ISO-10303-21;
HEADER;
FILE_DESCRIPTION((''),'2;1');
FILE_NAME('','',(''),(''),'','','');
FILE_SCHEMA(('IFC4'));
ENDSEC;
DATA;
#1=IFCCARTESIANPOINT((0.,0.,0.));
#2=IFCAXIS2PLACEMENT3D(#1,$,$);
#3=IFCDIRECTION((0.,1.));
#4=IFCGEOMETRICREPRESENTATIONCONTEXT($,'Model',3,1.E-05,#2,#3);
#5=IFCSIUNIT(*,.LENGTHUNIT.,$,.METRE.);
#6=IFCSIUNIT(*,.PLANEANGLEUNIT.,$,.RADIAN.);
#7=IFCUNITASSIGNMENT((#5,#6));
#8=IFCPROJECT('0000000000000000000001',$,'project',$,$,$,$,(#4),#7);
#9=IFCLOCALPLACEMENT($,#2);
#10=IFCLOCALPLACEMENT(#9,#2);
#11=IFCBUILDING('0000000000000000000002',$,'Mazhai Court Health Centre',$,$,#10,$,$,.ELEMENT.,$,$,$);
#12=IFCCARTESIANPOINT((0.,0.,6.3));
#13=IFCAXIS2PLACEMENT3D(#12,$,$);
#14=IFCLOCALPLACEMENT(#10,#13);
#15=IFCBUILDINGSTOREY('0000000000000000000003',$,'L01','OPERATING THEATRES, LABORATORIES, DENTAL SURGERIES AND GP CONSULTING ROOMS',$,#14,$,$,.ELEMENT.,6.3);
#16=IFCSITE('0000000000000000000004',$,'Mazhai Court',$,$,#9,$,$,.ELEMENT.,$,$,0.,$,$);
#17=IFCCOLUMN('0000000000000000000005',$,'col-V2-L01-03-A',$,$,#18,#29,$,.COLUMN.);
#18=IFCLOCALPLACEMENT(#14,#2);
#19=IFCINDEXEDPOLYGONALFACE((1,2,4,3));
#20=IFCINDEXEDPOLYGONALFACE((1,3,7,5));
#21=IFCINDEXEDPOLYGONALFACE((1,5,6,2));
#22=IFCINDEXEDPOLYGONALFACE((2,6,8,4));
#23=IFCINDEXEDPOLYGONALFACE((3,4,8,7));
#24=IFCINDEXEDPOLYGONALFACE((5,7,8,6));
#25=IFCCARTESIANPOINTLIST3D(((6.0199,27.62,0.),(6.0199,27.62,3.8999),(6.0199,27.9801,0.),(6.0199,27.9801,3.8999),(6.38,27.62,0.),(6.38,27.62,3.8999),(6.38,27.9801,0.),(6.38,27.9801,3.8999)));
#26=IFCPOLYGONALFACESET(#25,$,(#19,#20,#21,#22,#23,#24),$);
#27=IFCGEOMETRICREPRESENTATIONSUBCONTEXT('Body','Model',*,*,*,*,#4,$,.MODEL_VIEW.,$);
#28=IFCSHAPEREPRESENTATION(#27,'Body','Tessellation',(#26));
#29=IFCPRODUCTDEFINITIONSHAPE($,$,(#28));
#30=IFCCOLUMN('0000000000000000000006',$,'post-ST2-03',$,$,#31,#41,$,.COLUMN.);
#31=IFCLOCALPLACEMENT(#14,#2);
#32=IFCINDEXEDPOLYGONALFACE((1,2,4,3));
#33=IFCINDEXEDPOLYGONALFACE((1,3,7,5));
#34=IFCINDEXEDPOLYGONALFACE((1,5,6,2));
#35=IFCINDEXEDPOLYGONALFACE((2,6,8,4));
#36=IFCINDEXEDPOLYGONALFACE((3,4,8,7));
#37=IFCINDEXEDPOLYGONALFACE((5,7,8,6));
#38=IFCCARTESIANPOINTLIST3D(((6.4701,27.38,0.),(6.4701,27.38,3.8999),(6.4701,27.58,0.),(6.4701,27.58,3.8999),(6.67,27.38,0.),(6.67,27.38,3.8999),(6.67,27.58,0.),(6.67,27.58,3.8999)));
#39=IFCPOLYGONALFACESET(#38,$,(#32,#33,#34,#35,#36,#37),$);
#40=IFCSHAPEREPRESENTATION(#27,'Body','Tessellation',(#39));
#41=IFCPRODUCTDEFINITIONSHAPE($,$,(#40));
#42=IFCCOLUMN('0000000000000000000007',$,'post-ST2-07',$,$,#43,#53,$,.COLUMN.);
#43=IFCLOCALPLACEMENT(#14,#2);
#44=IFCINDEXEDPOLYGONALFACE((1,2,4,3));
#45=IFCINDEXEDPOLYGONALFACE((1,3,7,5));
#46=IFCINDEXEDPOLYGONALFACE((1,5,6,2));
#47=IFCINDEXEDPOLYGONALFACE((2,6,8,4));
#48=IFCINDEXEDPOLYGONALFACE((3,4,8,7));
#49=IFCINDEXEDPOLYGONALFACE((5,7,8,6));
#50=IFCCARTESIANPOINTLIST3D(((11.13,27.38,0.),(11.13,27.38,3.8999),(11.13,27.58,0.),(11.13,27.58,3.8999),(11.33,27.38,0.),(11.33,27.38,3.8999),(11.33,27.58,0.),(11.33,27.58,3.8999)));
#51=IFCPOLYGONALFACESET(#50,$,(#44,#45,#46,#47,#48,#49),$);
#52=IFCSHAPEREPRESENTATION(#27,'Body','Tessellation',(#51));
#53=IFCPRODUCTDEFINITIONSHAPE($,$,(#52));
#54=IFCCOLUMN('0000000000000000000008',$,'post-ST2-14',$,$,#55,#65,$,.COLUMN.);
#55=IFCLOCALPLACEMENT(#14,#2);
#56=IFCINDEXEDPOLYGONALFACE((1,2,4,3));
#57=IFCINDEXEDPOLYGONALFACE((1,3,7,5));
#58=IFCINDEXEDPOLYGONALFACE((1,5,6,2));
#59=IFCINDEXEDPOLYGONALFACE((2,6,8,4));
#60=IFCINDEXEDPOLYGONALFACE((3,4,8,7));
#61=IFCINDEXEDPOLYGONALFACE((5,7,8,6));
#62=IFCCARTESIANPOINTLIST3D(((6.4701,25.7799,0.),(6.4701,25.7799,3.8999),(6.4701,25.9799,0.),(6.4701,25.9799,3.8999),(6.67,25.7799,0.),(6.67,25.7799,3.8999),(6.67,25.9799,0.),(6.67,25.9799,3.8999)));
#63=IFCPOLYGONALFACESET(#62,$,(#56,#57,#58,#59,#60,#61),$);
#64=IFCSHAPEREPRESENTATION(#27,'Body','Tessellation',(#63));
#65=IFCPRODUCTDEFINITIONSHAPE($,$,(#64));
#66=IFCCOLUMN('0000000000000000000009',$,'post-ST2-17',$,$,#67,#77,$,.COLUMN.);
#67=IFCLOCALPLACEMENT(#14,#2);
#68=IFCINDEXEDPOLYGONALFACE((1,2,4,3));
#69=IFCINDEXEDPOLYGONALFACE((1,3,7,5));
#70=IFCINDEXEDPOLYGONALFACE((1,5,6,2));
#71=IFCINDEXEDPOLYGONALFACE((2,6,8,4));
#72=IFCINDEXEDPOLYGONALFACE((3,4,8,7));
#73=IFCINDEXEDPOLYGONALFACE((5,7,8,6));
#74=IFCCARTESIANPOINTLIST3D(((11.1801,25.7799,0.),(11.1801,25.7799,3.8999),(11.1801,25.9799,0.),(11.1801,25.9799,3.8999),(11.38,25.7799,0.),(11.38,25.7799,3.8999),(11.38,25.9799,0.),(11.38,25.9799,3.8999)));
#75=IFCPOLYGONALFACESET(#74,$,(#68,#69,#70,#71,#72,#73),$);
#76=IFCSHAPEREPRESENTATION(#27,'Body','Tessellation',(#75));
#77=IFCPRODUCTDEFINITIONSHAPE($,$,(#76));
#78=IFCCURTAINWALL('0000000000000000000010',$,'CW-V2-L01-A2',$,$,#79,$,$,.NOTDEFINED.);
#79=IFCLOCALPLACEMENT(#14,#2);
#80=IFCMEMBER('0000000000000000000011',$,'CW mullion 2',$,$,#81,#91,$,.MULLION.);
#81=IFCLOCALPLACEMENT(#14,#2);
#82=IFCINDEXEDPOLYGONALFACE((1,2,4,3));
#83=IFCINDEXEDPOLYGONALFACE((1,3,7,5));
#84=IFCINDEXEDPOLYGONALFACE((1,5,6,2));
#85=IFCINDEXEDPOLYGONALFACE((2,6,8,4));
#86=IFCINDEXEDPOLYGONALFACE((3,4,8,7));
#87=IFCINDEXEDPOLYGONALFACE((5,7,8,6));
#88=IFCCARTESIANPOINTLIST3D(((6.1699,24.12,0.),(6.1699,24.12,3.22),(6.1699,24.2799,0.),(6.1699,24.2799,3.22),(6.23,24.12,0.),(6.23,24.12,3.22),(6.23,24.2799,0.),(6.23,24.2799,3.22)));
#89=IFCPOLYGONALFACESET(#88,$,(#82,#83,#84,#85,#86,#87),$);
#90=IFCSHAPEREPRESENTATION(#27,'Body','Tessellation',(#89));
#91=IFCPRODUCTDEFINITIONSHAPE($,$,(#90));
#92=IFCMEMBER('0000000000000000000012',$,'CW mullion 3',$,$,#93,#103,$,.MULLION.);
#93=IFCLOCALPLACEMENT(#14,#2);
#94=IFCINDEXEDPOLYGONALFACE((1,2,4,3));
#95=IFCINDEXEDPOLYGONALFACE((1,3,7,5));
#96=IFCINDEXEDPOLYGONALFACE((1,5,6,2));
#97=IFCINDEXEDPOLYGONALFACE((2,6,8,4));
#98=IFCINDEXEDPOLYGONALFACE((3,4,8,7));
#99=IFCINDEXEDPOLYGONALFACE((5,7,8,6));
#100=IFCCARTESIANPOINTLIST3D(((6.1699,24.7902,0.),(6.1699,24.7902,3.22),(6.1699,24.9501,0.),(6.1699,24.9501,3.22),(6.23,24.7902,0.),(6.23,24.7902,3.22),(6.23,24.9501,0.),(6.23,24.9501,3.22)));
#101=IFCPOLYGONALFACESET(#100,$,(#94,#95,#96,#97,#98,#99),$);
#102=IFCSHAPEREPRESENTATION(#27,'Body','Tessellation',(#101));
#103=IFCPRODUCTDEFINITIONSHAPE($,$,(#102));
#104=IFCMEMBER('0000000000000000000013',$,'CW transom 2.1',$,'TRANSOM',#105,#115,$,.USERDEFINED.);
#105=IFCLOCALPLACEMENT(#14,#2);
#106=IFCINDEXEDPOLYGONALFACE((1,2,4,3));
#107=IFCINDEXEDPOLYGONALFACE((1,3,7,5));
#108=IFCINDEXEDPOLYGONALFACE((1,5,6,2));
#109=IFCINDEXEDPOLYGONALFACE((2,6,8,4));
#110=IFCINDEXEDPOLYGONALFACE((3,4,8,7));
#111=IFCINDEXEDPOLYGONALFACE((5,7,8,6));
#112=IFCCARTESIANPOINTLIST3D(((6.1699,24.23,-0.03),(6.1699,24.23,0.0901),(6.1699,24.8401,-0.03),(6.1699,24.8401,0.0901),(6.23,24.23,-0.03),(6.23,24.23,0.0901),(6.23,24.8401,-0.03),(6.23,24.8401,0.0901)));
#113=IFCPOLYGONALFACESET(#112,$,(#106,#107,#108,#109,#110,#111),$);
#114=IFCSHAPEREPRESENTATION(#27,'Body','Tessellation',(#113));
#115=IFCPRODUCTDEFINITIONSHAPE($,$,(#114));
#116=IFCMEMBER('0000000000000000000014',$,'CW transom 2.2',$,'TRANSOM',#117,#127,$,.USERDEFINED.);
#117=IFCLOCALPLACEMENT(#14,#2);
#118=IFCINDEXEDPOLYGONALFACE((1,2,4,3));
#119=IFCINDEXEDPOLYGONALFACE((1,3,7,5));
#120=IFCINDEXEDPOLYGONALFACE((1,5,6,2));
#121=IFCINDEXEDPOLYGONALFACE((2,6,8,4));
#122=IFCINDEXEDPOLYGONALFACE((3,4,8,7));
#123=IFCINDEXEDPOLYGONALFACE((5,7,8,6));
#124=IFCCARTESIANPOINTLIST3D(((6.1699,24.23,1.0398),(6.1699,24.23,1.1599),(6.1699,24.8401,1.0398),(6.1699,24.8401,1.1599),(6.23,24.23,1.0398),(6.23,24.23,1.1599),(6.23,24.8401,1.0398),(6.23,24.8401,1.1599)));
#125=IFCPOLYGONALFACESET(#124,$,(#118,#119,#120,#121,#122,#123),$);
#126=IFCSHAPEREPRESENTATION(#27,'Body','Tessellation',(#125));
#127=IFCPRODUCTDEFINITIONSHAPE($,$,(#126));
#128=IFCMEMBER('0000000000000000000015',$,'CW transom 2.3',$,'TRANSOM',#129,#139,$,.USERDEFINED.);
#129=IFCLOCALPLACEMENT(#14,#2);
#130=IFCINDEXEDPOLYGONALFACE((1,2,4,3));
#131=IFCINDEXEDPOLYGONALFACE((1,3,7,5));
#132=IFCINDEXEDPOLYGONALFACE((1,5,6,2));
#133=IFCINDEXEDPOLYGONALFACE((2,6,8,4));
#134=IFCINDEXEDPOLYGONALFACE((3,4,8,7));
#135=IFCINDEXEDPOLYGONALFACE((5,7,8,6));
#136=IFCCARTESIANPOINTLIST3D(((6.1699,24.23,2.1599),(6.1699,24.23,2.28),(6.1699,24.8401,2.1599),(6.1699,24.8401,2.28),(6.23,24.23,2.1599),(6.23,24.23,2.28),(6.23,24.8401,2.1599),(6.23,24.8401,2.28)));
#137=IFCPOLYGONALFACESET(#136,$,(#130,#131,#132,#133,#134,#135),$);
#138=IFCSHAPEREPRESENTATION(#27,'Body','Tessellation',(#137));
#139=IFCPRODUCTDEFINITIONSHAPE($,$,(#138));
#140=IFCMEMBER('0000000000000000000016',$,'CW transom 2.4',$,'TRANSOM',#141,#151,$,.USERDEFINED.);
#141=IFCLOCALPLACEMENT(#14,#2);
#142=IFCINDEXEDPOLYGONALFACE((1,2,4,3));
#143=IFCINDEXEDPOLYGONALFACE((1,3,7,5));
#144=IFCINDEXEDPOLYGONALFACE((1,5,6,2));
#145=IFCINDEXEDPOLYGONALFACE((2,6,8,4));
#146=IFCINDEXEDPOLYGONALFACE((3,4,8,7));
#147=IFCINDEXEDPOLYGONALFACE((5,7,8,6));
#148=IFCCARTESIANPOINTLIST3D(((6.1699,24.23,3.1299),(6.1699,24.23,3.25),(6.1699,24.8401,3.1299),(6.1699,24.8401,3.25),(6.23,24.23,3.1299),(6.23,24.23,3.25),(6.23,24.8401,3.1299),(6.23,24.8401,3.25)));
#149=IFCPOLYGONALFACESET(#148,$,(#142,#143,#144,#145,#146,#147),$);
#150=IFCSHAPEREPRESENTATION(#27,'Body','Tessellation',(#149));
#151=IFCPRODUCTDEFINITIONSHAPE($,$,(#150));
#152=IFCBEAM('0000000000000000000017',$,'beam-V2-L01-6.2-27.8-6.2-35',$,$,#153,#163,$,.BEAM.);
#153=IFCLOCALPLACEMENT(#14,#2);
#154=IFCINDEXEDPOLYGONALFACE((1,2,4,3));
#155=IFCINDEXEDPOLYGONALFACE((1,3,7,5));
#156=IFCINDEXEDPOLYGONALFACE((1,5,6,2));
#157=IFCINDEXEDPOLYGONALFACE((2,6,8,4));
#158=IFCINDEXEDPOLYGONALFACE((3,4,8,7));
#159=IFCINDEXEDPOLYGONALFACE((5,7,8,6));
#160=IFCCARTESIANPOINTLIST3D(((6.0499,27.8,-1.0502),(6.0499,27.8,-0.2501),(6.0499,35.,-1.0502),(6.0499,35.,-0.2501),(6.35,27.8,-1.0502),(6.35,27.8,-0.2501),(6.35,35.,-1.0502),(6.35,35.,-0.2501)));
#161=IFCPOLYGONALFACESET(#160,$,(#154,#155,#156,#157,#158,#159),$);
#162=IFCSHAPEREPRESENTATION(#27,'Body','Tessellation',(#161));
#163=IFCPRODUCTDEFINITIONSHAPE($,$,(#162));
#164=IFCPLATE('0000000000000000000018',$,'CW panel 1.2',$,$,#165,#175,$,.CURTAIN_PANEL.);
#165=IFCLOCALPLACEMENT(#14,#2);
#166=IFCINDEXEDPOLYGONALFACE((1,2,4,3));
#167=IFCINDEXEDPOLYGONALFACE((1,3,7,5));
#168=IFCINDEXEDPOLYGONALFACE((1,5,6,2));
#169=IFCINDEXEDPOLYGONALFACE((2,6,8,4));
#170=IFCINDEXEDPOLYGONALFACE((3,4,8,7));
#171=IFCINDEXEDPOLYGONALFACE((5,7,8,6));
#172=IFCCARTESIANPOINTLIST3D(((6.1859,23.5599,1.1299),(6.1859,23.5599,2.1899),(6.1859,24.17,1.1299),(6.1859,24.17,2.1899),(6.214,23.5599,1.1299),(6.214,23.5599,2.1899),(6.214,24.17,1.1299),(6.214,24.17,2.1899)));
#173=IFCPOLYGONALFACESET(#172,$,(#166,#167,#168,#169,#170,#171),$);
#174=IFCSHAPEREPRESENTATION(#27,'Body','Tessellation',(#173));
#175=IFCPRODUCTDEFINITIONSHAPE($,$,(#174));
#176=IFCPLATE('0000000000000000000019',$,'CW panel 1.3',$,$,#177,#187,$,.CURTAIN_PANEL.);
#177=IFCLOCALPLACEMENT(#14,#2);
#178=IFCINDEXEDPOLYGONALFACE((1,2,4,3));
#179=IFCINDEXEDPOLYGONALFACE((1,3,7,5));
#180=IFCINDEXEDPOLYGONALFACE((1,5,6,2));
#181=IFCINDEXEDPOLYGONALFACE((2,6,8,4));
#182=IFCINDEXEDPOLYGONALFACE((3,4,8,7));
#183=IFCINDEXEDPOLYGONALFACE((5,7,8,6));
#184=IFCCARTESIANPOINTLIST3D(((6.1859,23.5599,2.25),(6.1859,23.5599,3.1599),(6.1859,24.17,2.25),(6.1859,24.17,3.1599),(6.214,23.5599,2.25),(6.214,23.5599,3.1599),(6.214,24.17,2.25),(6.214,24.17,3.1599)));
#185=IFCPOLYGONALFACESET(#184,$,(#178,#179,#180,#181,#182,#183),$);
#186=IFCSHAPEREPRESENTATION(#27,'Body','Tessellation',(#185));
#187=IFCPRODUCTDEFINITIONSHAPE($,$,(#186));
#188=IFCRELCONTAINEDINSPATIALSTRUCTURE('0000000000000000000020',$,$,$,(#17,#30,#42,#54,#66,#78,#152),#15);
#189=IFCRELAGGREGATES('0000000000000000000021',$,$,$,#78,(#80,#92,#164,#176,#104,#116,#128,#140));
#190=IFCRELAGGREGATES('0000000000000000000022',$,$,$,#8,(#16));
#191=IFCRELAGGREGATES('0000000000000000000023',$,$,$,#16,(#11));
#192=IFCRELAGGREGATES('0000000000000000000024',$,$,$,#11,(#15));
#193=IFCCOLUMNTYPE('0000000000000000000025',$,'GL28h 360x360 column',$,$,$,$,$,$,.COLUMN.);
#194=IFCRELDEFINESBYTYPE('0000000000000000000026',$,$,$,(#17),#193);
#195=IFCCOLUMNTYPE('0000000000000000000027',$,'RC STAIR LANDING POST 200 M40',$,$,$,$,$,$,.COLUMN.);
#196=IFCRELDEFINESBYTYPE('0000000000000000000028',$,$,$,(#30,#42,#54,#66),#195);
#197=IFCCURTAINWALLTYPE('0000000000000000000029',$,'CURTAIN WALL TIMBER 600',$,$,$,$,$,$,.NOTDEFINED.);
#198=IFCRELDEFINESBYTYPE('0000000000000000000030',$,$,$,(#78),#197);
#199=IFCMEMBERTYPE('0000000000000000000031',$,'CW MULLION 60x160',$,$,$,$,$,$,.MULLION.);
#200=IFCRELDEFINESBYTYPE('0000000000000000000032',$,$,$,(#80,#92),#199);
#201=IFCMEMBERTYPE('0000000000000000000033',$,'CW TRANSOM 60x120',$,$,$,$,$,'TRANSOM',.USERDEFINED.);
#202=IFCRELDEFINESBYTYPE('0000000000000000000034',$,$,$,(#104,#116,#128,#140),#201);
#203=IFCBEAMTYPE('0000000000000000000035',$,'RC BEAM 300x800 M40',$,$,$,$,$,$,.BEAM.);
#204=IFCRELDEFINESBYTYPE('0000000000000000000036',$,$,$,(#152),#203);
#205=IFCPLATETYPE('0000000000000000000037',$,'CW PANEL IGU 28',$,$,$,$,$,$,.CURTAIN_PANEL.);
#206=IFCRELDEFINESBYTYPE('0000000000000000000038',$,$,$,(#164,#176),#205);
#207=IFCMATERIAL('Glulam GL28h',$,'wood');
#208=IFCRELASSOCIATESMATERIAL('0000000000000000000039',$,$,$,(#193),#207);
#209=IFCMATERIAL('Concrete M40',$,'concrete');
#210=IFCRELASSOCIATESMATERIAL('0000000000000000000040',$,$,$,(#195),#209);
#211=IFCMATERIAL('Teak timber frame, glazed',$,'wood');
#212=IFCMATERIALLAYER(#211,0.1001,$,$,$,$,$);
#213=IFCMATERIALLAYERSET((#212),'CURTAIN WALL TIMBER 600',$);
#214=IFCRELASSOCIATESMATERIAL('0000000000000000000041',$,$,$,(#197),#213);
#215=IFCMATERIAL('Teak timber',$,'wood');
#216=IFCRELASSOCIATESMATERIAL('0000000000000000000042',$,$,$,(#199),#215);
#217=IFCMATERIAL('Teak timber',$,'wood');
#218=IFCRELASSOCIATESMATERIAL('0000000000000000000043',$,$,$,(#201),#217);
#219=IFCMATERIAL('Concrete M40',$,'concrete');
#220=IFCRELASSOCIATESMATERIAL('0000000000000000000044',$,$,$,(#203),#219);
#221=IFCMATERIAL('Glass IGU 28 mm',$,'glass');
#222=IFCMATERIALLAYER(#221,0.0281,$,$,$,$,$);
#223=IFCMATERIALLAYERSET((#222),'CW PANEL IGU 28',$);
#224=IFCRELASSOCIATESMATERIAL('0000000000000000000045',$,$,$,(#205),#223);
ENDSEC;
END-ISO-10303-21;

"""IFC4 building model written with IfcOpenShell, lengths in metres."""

from ifc_helpers import new_model, si_unit, direction, frame, origin, origin_2d, place, context, subcontext, project, spatial, rectangle, extrude, material, layer, layer_set, material_profile, profile_set, type_object, element, aggregate, save


model = new_model("IFC4")

# Units and contexts
model_context = context("Model", 3, precision=1e-05, world=origin(), true_north=direction((0.0, 1.0)))
body_context = subcontext(model_context, "Body", "Model", "MODEL_VIEW")
ifc_project = project(units=[si_unit("LENGTHUNIT", "METRE"), si_unit("PLANEANGLEUNIT", "RADIAN")], contexts=[model_context])

# Site, building, storey
site_placement = place(None, origin())
site = spatial("IfcSite", under=ifc_project, at=site_placement, Name="Mazhai Court", CompositionType="ELEMENT", RefElevation=0.0)
building_placement = place(site_placement, origin())
building = spatial("IfcBuilding", under=site, at=building_placement, Name="Mazhai Court Health Centre", CompositionType="ELEMENT")
storey_placement = place(building_placement, frame((0.0, 0.0, 6.3)))
storey = spatial("IfcBuildingStorey", under=building, at=storey_placement, Name="L01", Description="OPERATING THEATRES, LABORATORIES, DENTAL SURGERIES AND GP CONSULTING ROOMS", CompositionType="ELEMENT", Elevation=6.3)

# Columns
ifc_material_1 = material(Name="Glulam GL28h", Category="wood")
ifc_material_profile_1 = material_profile(ifc_material_1, rectangle(XDim=0.3601, YDim=0.3601, at=origin_2d()), Name="GL28h 360x360")
ifc_profile_set_1 = profile_set([ifc_material_profile_1], Name="Glulam GL28h")
column_type_1 = type_object("IfcColumnType", Name="GL28h 360x360 column", PredefinedType="COLUMN", material=ifc_profile_set_1)
column_placement = place(storey_placement, frame((6.2, 27.8, 0.0), z_axis=(0.0, 0.0, 1.0), x_axis=(1.0, 0.0, 0.0)))
element("IfcColumn", 1, at=column_placement, inside=storey, type_object=column_type_1, Name="col-V2-L01-03-A", PredefinedType="COLUMN", context=body_context, shape_type="SweptSolid", body=[
    extrude(rectangle(XDim=0.3601, YDim=0.3601, at=origin_2d()), origin(), (0.0, 0.0, 1.0), 3.8999),
])
ifc_material_2 = material(Name="Concrete M40", Category="concrete")
ifc_material_profile_2 = material_profile(ifc_material_2, rectangle(XDim=0.2, YDim=0.2, at=origin_2d()), Name="RC 200x200")
ifc_profile_set_2 = profile_set([ifc_material_profile_2], Name="Concrete M40")
column_type_2 = type_object("IfcColumnType", Name="RC STAIR LANDING POST 200 M40", PredefinedType="COLUMN", material=ifc_profile_set_2)
for number, where, z_axis, x_axis, name in (
    (2, (6.5701, 27.48, 0.0), (0.0, 0.0, 1.0), (1.0, 0.0, 0.0), "post-ST2-03"),
    (3, (11.23, 27.48, 0.0), (0.0, 0.0, 1.0), (1.0, 0.0, 0.0), "post-ST2-07"),
    (4, (6.5701, 25.8799, 0.0), (0.0, 0.0, 1.0), (1.0, 0.0, 0.0), "post-ST2-14"),
    (5, (11.28, 25.8799, 0.0), (0.0, 0.0, 1.0), (1.0, 0.0, 0.0), "post-ST2-17"),
):
    element("IfcColumn", number, at=place(storey_placement, frame(where, z_axis=z_axis, x_axis=x_axis)), inside=storey, type_object=column_type_2, Name=name, PredefinedType="COLUMN", context=body_context, shape_type="SweptSolid", body=[
        extrude(rectangle(XDim=0.2, YDim=0.2, at=origin_2d()), origin(), (0.0, 0.0, 1.0), 3.8999),
    ])

# Curtain wall, members
ifc_material_3 = material(Name="Teak timber frame, glazed", Category="wood")
ifc_layer_1 = layer(ifc_material_3, 0.1001)
ifc_layer_set_1 = layer_set([ifc_layer_1], Name="CURTAIN WALL TIMBER 600")
curtain_wall_type = type_object("IfcCurtainWallType", Name="CURTAIN WALL TIMBER 600", PredefinedType="NOTDEFINED", material=ifc_layer_set_1)
curtain_wall_placement = place(storey_placement, origin())
curtain_wall = element("IfcCurtainWall", 6, at=curtain_wall_placement, inside=storey, type_object=curtain_wall_type, Name="CW-V2-L01-A2", PredefinedType="NOTDEFINED")
ifc_material_4 = material(Name="Teak timber", Category="wood")
ifc_material_profile_3 = material_profile(ifc_material_4, rectangle(XDim=0.0601, YDim=0.1599, at=origin_2d()), Name="CW MULLION 60x160")
ifc_profile_set_3 = profile_set([ifc_material_profile_3], Name="Teak timber")
member_type_1 = type_object("IfcMemberType", Name="CW MULLION 60x160", PredefinedType="MULLION", material=ifc_profile_set_3)
member_1_placement = place(storey_placement, frame((6.2, 24.2, 0.0), z_axis=(0.0, 0.0, 1.0), x_axis=(-1.0, 0.0, 0.0)))
member_1 = element("IfcMember", 7, at=member_1_placement, type_object=member_type_1, Name="CW mullion 2", PredefinedType="MULLION", context=body_context, shape_type="SweptSolid", body=[
    extrude(rectangle(XDim=0.0601, YDim=0.1599, at=origin_2d()), origin(), (0.0, 0.0, 1.0), 3.22),
])
member_2_placement = place(storey_placement, frame((6.2, 24.8701, 0.0), z_axis=(0.0, 0.0, 1.0), x_axis=(-1.0, 0.0, 0.0)))
member_2 = element("IfcMember", 8, at=member_2_placement, type_object=member_type_1, Name="CW mullion 3", PredefinedType="MULLION", context=body_context, shape_type="SweptSolid", body=[
    extrude(rectangle(XDim=0.0601, YDim=0.1599, at=origin_2d()), origin(), (0.0, 0.0, 1.0), 3.22),
])
ifc_material_5 = material(Name="Teak timber", Category="wood")
ifc_material_profile_4 = material_profile(ifc_material_5, rectangle(XDim=0.0601, YDim=0.1201, at=origin_2d()), Name="CW TRANSOM 60x120")
ifc_profile_set_4 = profile_set([ifc_material_profile_4], Name="Teak timber")
member_type_2 = type_object("IfcMemberType", Name="CW TRANSOM 60x120", ElementType="TRANSOM", PredefinedType="USERDEFINED", material=ifc_profile_set_4)
member_3_placement = place(storey_placement, frame((6.2, 24.23, 0.03), z_axis=(0.0, 1.0, 0.0), x_axis=(-1.0, 0.0, 0.0)))
member_3 = element("IfcMember", 9, at=member_3_placement, type_object=member_type_2, Name="CW transom 2.1", ObjectType="TRANSOM", PredefinedType="USERDEFINED", context=body_context, shape_type="SweptSolid", body=[
    extrude(rectangle(XDim=0.0601, YDim=0.1201, at=origin_2d()), origin(), (0.0, 0.0, 1.0), 0.6101),
])
member_4_placement = place(storey_placement, frame((6.2, 24.23, 1.0999), z_axis=(0.0, 1.0, 0.0), x_axis=(-1.0, 0.0, 0.0)))
member_4 = element("IfcMember", 10, at=member_4_placement, type_object=member_type_2, Name="CW transom 2.2", ObjectType="TRANSOM", PredefinedType="USERDEFINED", context=body_context, shape_type="SweptSolid", body=[
    extrude(rectangle(XDim=0.0601, YDim=0.1201, at=origin_2d()), origin(), (0.0, 0.0, 1.0), 0.6101),
])
member_5_placement = place(storey_placement, frame((6.2, 24.23, 2.22), z_axis=(0.0, 1.0, 0.0), x_axis=(-1.0, 0.0, 0.0)))
member_5 = element("IfcMember", 11, at=member_5_placement, type_object=member_type_2, Name="CW transom 2.3", ObjectType="TRANSOM", PredefinedType="USERDEFINED", context=body_context, shape_type="SweptSolid", body=[
    extrude(rectangle(XDim=0.0601, YDim=0.1201, at=origin_2d()), origin(), (0.0, 0.0, 1.0), 0.6101),
])
member_6_placement = place(storey_placement, frame((6.2, 24.23, 3.1899), z_axis=(0.0, 1.0, 0.0), x_axis=(-1.0, 0.0, 0.0)))
member_6 = element("IfcMember", 12, at=member_6_placement, type_object=member_type_2, Name="CW transom 2.4", ObjectType="TRANSOM", PredefinedType="USERDEFINED", context=body_context, shape_type="SweptSolid", body=[
    extrude(rectangle(XDim=0.0601, YDim=0.1201, at=origin_2d()), origin(), (0.0, 0.0, 1.0), 0.6101),
])

# Beam
ifc_material_6 = material(Name="Concrete M40", Category="concrete")
ifc_material_profile_5 = material_profile(ifc_material_6, rectangle(XDim=0.3, YDim=0.8, at=origin_2d()), Name="RC 300x800")
ifc_profile_set_5 = profile_set([ifc_material_profile_5], Name="Concrete M40")
beam_type = type_object("IfcBeamType", Name="RC BEAM 300x800 M40", PredefinedType="BEAM", material=ifc_profile_set_5)
beam_placement = place(storey_placement, frame((6.2, 27.8, -0.6501), z_axis=(0.0, 1.0, 0.0), x_axis=(-1.0, 0.0, 0.0)))
element("IfcBeam", 13, at=beam_placement, inside=storey, type_object=beam_type, Name="beam-V2-L01-6.2-27.8-6.2-35", PredefinedType="BEAM", context=body_context, shape_type="SweptSolid", body=[
    extrude(rectangle(XDim=0.3, YDim=0.8, at=origin_2d()), origin(), (0.0, 0.0, 1.0), 7.2),
])

# Plates
ifc_material_7 = material(Name="Glass IGU 28 mm", Category="glass")
ifc_layer_2 = layer(ifc_material_7, 0.0281)
ifc_layer_set_2 = layer_set([ifc_layer_2], Name="CW PANEL IGU 28")
plate_type = type_object("IfcPlateType", Name="CW PANEL IGU 28", PredefinedType="CURTAIN_PANEL", material=ifc_layer_set_2)
plate_1_placement = place(storey_placement, frame((6.2, 23.865, 1.1299), z_axis=(0.0, 0.0, 1.0), x_axis=(0.0, 1.0, 0.0)))
plate_1 = element("IfcPlate", 14, at=plate_1_placement, type_object=plate_type, Name="CW panel 1.2", PredefinedType="CURTAIN_PANEL", context=body_context, shape_type="SweptSolid", body=[
    extrude(rectangle(XDim=0.6101, YDim=0.0281, at=origin_2d()), origin(), (0.0, 0.0, 1.0), 1.0601),
])
plate_2_placement = place(storey_placement, frame((6.2, 23.865, 2.25), z_axis=(0.0, 0.0, 1.0), x_axis=(0.0, 1.0, 0.0)))
plate_2 = element("IfcPlate", 15, at=plate_2_placement, type_object=plate_type, Name="CW panel 1.3", PredefinedType="CURTAIN_PANEL", context=body_context, shape_type="SweptSolid", body=[
    extrude(rectangle(XDim=0.6101, YDim=0.0281, at=origin_2d()), origin(), (0.0, 0.0, 1.0), 0.9099),
])
aggregate(curtain_wall, [member_1, member_2, plate_1, plate_2, member_3, member_4, member_5, member_6])

save(model, "model.ifc")
